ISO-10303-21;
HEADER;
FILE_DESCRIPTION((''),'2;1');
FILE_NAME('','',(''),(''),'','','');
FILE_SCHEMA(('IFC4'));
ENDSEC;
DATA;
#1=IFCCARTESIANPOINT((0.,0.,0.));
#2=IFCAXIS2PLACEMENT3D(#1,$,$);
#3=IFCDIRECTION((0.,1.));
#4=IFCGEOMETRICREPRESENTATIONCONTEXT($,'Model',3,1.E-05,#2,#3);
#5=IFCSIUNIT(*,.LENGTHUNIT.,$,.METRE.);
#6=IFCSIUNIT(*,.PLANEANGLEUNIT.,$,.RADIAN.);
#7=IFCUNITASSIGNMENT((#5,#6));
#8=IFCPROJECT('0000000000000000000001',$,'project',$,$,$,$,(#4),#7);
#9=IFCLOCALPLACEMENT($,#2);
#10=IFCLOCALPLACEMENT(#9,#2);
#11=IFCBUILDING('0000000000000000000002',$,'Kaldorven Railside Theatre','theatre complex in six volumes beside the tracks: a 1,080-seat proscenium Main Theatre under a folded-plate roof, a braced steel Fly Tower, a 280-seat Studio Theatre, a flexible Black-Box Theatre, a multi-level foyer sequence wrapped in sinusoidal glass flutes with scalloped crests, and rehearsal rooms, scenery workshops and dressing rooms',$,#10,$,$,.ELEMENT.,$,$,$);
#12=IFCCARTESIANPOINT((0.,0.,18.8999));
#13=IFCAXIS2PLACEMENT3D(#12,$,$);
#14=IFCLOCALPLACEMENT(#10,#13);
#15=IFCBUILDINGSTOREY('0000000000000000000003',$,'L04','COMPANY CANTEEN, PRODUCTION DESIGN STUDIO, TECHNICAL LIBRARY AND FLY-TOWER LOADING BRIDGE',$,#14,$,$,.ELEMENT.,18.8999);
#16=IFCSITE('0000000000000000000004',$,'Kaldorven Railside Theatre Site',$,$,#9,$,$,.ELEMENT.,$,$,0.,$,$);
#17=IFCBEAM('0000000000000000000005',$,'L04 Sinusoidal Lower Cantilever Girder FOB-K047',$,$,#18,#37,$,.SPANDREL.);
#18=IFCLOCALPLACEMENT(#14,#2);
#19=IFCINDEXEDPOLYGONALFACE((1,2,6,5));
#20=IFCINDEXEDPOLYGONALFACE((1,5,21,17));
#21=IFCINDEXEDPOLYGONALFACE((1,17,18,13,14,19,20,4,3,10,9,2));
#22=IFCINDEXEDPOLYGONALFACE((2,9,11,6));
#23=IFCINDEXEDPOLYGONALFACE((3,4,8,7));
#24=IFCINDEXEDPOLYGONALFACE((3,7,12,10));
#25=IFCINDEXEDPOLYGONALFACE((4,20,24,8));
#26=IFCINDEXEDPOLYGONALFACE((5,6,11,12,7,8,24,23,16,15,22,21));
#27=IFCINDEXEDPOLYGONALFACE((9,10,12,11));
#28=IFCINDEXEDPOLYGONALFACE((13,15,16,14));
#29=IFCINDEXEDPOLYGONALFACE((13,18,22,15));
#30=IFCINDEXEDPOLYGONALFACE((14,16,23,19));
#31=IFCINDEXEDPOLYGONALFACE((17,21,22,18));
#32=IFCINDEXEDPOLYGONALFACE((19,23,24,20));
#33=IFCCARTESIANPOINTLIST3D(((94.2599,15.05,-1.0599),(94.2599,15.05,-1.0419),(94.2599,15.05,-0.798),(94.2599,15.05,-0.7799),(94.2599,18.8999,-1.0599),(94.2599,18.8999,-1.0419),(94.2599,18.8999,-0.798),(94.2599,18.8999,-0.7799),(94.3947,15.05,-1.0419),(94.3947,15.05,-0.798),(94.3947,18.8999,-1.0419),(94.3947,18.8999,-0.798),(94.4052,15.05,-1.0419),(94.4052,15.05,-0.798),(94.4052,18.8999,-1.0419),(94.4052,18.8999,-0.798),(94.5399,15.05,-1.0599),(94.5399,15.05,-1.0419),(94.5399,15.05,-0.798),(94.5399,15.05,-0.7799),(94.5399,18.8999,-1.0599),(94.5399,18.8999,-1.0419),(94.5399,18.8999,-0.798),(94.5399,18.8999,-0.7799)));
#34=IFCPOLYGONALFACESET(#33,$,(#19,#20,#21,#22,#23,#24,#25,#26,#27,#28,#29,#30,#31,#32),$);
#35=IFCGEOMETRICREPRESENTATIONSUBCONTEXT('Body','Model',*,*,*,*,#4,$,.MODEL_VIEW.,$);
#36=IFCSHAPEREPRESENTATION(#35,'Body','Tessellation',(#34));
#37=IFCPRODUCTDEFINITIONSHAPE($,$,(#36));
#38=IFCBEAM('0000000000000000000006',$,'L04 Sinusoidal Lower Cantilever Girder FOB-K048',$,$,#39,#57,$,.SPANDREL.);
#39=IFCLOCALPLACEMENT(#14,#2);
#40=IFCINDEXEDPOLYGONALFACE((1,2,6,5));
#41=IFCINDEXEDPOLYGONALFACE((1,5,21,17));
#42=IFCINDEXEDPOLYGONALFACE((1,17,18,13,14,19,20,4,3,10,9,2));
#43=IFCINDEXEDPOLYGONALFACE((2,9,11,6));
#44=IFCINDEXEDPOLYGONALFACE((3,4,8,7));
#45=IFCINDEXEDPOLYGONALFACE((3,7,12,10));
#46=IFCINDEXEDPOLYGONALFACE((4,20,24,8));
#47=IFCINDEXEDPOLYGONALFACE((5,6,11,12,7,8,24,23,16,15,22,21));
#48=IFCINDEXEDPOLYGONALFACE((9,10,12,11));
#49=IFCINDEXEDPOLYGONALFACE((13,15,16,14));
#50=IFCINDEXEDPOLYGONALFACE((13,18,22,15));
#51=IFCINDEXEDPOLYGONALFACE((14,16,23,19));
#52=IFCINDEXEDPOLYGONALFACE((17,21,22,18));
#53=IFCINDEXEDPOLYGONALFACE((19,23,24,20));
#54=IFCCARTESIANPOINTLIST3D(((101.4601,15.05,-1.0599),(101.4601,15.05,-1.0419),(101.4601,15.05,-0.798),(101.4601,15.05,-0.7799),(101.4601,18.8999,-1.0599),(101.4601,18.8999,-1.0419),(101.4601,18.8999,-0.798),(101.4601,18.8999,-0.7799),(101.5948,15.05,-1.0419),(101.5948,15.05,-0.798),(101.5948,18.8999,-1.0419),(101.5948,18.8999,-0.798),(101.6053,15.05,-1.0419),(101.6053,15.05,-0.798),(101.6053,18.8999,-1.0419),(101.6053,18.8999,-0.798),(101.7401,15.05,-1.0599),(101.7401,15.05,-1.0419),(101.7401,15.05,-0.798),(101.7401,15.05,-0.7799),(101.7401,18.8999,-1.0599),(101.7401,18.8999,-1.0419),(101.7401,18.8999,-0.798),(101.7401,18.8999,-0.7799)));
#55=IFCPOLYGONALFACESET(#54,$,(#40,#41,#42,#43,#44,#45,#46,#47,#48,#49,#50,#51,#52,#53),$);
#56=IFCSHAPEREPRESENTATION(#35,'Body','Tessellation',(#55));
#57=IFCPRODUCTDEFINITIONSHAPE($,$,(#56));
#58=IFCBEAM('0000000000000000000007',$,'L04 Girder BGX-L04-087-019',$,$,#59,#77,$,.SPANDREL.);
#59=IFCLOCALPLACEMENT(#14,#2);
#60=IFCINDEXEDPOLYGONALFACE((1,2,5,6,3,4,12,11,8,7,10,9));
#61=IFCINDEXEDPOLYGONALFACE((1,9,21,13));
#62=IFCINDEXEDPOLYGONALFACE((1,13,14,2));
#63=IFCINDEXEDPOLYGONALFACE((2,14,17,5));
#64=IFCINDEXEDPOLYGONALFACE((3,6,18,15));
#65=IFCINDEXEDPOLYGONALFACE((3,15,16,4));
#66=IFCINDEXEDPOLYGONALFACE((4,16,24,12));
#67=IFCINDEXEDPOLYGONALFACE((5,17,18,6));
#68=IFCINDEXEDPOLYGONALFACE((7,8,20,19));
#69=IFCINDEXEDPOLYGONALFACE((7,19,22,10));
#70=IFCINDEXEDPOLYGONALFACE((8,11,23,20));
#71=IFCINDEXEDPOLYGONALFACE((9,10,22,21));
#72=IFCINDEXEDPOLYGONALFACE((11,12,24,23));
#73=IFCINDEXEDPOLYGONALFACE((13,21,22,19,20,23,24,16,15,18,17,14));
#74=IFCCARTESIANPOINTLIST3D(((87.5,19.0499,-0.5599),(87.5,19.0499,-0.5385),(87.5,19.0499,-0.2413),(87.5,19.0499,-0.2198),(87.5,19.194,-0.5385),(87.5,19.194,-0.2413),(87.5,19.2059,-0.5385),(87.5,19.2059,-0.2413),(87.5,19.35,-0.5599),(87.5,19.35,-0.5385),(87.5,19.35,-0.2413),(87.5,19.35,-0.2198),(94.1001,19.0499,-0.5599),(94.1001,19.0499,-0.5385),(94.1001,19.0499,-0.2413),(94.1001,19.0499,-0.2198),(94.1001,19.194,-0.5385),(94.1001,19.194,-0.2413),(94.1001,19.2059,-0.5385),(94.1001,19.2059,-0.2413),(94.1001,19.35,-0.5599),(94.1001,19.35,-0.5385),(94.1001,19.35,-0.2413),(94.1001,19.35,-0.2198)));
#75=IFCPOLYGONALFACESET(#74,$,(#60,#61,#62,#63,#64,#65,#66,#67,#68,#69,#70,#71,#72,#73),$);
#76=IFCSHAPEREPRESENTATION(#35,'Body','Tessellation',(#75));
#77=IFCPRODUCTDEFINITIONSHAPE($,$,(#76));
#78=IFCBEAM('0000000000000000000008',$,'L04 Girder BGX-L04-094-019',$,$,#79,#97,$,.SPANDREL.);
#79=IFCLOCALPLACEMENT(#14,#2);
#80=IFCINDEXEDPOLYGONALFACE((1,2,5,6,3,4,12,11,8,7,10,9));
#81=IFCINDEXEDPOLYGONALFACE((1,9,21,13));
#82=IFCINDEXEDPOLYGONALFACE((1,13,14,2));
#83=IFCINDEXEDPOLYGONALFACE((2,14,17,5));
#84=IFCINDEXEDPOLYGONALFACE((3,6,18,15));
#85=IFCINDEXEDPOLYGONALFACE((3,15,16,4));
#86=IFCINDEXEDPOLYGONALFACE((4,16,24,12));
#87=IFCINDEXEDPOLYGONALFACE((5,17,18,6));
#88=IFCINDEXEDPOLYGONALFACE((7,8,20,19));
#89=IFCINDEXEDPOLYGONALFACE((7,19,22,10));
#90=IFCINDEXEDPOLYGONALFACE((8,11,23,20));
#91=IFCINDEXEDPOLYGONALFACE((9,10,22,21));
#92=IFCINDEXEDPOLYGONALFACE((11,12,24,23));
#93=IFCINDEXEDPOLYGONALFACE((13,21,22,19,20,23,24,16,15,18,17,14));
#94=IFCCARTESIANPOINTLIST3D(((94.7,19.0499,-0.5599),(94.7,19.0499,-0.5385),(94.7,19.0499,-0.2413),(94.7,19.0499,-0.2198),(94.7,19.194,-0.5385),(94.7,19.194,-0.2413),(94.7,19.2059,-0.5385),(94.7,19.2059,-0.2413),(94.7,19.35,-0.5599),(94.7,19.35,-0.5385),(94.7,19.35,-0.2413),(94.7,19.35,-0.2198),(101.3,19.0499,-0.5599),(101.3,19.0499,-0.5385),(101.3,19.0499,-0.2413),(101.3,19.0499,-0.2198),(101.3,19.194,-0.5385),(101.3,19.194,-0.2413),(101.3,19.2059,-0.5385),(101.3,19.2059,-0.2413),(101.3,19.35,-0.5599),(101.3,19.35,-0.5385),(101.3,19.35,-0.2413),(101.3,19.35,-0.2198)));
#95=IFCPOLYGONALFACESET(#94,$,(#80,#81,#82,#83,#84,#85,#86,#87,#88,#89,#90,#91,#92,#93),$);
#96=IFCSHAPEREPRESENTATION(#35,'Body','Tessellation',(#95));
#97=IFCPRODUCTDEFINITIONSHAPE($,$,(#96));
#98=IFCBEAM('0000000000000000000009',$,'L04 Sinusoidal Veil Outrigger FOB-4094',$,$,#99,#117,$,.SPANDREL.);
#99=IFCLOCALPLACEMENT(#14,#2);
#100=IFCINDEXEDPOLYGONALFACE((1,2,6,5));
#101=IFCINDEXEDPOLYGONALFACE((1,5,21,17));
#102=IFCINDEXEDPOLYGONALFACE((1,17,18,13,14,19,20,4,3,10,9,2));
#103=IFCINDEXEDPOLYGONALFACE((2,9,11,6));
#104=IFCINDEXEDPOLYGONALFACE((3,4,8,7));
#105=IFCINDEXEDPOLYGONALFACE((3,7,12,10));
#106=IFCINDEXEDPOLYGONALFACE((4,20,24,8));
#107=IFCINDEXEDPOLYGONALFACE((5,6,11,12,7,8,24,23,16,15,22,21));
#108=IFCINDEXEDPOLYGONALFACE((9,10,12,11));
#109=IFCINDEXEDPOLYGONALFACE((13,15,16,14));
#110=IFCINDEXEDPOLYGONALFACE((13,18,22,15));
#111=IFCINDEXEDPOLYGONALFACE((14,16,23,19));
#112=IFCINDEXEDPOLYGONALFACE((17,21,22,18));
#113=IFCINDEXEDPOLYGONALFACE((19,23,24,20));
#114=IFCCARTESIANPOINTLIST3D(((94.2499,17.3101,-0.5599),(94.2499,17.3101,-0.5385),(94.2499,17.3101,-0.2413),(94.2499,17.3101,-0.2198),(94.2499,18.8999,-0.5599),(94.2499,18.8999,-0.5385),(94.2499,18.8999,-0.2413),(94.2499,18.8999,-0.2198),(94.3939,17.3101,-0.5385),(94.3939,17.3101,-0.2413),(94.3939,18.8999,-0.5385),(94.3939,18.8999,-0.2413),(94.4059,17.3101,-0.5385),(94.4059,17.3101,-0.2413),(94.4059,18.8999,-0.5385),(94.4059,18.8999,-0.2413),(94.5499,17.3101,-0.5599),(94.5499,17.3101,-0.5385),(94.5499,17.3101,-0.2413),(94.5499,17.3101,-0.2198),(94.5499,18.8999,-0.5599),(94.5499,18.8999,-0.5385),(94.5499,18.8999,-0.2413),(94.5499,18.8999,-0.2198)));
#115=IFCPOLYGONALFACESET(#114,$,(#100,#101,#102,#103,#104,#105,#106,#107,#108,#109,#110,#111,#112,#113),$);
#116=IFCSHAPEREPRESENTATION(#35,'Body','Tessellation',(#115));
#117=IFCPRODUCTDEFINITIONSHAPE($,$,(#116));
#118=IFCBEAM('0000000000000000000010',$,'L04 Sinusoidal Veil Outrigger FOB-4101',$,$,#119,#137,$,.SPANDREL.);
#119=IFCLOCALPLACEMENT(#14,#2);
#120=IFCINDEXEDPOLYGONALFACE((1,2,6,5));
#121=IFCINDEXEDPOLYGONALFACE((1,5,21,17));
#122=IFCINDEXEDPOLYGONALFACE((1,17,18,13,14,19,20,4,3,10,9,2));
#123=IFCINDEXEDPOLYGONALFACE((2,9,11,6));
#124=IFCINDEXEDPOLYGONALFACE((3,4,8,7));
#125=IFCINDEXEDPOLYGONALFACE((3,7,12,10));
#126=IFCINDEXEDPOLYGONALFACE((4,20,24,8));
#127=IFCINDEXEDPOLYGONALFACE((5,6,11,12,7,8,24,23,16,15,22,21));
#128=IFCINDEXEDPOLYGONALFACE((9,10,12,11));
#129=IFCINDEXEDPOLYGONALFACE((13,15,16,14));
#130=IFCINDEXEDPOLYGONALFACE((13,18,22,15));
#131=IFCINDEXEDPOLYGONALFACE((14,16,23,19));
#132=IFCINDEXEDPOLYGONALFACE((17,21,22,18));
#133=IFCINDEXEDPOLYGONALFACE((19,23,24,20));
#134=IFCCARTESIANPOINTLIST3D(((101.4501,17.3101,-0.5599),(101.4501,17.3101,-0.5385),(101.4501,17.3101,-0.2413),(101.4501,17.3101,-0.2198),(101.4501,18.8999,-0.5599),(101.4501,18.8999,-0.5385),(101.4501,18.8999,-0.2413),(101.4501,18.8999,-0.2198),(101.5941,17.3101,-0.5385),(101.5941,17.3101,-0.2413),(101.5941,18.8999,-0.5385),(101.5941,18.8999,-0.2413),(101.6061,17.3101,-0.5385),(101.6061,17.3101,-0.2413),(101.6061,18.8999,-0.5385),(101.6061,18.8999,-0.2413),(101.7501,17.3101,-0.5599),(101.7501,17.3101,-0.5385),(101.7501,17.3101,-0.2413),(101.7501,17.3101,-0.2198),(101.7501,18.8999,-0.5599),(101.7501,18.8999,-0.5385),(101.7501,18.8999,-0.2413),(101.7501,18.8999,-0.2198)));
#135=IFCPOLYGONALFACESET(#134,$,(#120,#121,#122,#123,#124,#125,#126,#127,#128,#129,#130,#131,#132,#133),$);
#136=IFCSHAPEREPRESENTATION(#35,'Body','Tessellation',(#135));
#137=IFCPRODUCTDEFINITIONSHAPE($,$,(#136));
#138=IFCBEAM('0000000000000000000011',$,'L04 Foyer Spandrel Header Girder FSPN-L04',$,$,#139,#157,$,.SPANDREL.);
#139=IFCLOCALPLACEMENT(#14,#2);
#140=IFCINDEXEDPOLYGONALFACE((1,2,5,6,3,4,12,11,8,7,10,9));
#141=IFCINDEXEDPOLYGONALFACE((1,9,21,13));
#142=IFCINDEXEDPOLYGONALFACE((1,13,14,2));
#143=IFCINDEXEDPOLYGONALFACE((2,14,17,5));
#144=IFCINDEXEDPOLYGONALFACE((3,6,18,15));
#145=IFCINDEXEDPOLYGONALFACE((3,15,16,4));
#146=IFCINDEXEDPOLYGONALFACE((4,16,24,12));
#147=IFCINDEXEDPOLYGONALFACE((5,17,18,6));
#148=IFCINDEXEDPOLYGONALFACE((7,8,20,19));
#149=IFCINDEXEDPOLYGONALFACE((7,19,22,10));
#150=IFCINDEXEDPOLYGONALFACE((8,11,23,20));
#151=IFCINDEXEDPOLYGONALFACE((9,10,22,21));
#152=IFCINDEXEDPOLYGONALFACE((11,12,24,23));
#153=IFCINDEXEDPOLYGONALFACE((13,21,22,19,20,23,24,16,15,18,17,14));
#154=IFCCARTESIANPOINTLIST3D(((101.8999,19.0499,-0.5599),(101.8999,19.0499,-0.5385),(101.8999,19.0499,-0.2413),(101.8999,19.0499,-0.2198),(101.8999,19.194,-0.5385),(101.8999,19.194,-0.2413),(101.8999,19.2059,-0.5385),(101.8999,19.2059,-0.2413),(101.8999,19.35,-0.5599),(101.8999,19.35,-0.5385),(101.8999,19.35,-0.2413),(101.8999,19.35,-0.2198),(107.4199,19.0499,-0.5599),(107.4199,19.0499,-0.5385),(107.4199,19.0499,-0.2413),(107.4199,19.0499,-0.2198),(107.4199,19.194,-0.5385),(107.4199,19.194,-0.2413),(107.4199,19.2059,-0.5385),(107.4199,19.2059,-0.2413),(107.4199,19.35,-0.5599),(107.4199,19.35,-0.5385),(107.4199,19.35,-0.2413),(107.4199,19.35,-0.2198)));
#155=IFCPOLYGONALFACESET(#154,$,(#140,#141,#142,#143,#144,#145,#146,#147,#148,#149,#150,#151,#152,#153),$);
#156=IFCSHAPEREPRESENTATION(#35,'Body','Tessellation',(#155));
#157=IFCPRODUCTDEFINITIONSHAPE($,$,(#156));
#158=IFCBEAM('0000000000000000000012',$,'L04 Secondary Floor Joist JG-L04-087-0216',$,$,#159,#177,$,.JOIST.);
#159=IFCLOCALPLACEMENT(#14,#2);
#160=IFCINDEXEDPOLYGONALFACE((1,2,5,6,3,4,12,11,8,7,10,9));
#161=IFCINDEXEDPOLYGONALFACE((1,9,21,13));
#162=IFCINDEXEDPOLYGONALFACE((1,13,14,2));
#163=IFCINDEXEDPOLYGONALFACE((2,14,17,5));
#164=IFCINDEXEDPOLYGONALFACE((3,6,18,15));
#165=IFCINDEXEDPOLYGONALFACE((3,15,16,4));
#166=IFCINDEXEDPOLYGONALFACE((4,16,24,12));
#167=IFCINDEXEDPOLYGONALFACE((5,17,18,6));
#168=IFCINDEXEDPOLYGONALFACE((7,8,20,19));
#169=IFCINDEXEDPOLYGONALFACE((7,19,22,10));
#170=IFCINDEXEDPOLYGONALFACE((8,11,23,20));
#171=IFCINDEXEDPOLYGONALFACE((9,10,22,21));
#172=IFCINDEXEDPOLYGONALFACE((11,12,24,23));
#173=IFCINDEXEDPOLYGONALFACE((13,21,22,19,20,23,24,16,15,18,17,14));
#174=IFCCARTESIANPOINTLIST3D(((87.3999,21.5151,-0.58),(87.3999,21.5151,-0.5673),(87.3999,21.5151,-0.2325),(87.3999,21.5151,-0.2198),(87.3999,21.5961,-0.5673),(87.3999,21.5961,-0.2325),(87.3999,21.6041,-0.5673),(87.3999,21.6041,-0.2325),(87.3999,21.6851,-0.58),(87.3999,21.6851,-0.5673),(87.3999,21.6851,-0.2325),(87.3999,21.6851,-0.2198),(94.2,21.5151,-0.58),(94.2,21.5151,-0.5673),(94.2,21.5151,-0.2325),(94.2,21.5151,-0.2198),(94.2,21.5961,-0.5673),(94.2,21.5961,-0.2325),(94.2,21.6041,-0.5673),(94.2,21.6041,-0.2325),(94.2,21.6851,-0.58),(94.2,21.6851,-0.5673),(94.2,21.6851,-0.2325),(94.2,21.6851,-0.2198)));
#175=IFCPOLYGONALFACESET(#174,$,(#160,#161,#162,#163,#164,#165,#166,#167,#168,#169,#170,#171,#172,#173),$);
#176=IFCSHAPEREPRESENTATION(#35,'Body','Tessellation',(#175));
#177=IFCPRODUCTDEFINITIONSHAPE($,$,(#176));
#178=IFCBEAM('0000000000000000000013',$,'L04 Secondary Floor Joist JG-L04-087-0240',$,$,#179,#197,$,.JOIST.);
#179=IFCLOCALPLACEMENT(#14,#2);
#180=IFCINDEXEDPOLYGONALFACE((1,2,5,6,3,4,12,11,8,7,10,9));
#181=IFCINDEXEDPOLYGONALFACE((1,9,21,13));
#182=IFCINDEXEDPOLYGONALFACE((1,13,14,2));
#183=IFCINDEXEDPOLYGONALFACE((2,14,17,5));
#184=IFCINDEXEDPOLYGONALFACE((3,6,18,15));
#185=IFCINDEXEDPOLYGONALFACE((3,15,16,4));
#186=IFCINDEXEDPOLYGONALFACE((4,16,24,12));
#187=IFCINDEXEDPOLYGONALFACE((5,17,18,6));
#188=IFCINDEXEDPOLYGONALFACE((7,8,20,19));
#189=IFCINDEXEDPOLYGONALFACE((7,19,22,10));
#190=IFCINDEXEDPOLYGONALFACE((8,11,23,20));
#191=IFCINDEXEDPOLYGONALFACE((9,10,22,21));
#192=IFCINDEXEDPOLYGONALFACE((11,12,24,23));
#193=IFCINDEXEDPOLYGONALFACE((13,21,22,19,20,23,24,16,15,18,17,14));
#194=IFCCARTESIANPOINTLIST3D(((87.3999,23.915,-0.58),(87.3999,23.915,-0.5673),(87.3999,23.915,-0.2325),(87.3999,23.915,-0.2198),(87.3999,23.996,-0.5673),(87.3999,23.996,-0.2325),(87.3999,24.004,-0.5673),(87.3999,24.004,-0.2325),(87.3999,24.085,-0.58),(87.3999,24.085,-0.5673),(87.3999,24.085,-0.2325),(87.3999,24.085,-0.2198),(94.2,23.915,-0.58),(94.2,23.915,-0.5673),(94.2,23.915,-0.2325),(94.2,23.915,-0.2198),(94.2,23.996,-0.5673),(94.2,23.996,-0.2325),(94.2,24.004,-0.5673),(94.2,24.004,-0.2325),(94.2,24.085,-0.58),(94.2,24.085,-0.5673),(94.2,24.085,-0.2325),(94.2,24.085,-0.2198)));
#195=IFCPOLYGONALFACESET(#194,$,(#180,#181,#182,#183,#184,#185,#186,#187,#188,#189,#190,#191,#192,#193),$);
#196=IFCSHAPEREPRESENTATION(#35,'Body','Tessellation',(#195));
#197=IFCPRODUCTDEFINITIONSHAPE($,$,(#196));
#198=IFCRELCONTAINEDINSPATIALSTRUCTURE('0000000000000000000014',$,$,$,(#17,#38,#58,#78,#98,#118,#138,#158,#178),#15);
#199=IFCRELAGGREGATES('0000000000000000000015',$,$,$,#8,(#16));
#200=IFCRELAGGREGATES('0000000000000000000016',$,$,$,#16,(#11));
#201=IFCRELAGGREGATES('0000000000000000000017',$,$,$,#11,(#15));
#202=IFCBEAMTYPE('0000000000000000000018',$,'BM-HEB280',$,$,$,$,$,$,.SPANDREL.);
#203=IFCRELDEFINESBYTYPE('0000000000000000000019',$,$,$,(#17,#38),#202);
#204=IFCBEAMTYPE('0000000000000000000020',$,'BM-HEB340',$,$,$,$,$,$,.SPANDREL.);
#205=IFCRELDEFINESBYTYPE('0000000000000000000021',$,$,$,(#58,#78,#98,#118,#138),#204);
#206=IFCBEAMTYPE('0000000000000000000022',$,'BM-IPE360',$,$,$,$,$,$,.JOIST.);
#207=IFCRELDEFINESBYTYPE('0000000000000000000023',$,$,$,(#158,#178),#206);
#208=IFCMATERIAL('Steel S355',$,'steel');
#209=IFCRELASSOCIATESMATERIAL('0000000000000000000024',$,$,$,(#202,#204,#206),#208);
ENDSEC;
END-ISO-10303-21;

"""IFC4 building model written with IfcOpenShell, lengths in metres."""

from ifc_helpers import new_model, si_unit, direction, frame, origin, origin_2d, place, context, subcontext, project, spatial, i_section, extrude, material, material_profile, profile_set, type_object, element, save


model = new_model("IFC4")

# Units and contexts
model_context = context("Model", 3, precision=1e-05, world=origin(), true_north=direction((0.0, 1.0)))
body_context = subcontext(model_context, "Body", "Model", "MODEL_VIEW")
ifc_project = project(units=[si_unit("LENGTHUNIT", "METRE"), si_unit("PLANEANGLEUNIT", "RADIAN")], contexts=[model_context])

# Site, building, storey
site_placement = place(None, origin())
site = spatial("IfcSite", under=ifc_project, at=site_placement, Name="Kaldorven Railside Theatre Site", CompositionType="ELEMENT", RefElevation=0.0)
building_placement = place(site_placement, origin())
building = spatial("IfcBuilding", under=site, at=building_placement, Name="Kaldorven Railside Theatre", Description="theatre complex in six volumes beside the tracks: a 1,080-seat proscenium Main Theatre under a folded-plate roof, a braced steel Fly Tower, a 280-seat Studio Theatre, a flexible Black-Box Theatre, a multi-level foyer sequence wrapped in sinusoidal glass flutes with scalloped crests, and rehearsal rooms, scenery workshops and dressing rooms", CompositionType="ELEMENT")
storey_placement = place(building_placement, frame((0.0, 0.0, 18.8999)))
storey = spatial("IfcBuildingStorey", under=building, at=storey_placement, Name="L04", Description="COMPANY CANTEEN, PRODUCTION DESIGN STUDIO, TECHNICAL LIBRARY AND FLY-TOWER LOADING BRIDGE", CompositionType="ELEMENT", Elevation=18.8999)

# Beams
ifc_material_1 = material(Name="Steel S355", Category="steel")
ifc_material_profile_1 = material_profile(ifc_material_1, i_section(OverallWidth=0.28, OverallDepth=0.28, WebThickness=0.0105, FlangeThickness=0.0181, at=origin_2d()), Name="HEB 280")
ifc_profile_set_1 = profile_set([ifc_material_profile_1], Name="Steel S355")
beam_type_1 = type_object("IfcBeamType", Name="BM-HEB280", PredefinedType="SPANDREL", material=ifc_profile_set_1)
for number, where, z_axis, x_axis, name in (
    (1, (94.3999, 15.05, -0.9199), (0.0, 1.0, 0.0), (-1.0, 0.0, 0.0), "L04 Sinusoidal Lower Cantilever Girder FOB-K047"),
    (2, (101.6001, 15.05, -0.9199), (0.0, 1.0, 0.0), (-1.0, 0.0, 0.0), "L04 Sinusoidal Lower Cantilever Girder FOB-K048"),
):
    element("IfcBeam", number, at=place(storey_placement, frame(where, z_axis=z_axis, x_axis=x_axis)), inside=storey, type_object=beam_type_1, Name=name, PredefinedType="SPANDREL", context=body_context, shape_type="SweptSolid", body=[
        extrude(i_section(OverallWidth=0.28, OverallDepth=0.28, WebThickness=0.0105, FlangeThickness=0.0181, at=origin_2d()), origin(), (0.0, 0.0, 1.0), 3.8499),
    ])
ifc_material_profile_2 = material_profile(ifc_material_1, i_section(OverallWidth=0.3, OverallDepth=0.3401, WebThickness=0.012, FlangeThickness=0.0215, at=origin_2d()), Name="HEB 340")
ifc_profile_set_2 = profile_set([ifc_material_profile_2], Name="Steel S355")
beam_type_2 = type_object("IfcBeamType", Name="BM-HEB340", PredefinedType="SPANDREL", material=ifc_profile_set_2)
for number, where, z_axis, x_axis, name in (
    (3, (87.5, 19.2, -0.3899), (1.0, 0.0, 0.0), (0.0, 1.0, 0.0), "L04 Girder BGX-L04-087-019"),
    (4, (94.7, 19.2, -0.3899), (1.0, 0.0, 0.0), (0.0, 1.0, 0.0), "L04 Girder BGX-L04-094-019"),
):
    element("IfcBeam", number, at=place(storey_placement, frame(where, z_axis=z_axis, x_axis=x_axis)), inside=storey, type_object=beam_type_2, Name=name, PredefinedType="SPANDREL", context=body_context, shape_type="SweptSolid", body=[
        extrude(i_section(OverallWidth=0.3, OverallDepth=0.3401, WebThickness=0.012, FlangeThickness=0.0215, at=origin_2d()), origin(), (0.0, 0.0, 1.0), 6.6001),
    ])
for number, where, z_axis, x_axis, name in (
    (5, (94.3999, 17.3101, -0.3899), (0.0, 1.0, 0.0), (-1.0, 0.0, 0.0), "L04 Sinusoidal Veil Outrigger FOB-4094"),
    (6, (101.6001, 17.3101, -0.3899), (0.0, 1.0, 0.0), (-1.0, 0.0, 0.0), "L04 Sinusoidal Veil Outrigger FOB-4101"),
):
    element("IfcBeam", number, at=place(storey_placement, frame(where, z_axis=z_axis, x_axis=x_axis)), inside=storey, type_object=beam_type_2, Name=name, PredefinedType="SPANDREL", context=body_context, shape_type="SweptSolid", body=[
        extrude(i_section(OverallWidth=0.3, OverallDepth=0.3401, WebThickness=0.012, FlangeThickness=0.0215, at=origin_2d()), origin(), (0.0, 0.0, 1.0), 1.5898),
    ])
beam_1_placement = place(storey_placement, frame((101.8999, 19.2, -0.3899), z_axis=(1.0, 0.0, 0.0), x_axis=(0.0, 1.0, 0.0)))
element("IfcBeam", 7, at=beam_1_placement, inside=storey, type_object=beam_type_2, Name="L04 Foyer Spandrel Header Girder FSPN-L04", PredefinedType="SPANDREL", context=body_context, shape_type="SweptSolid", body=[
    extrude(i_section(OverallWidth=0.3, OverallDepth=0.3401, WebThickness=0.012, FlangeThickness=0.0215, at=origin_2d()), origin(), (0.0, 0.0, 1.0), 5.52),
])
ifc_material_profile_3 = material_profile(ifc_material_1, i_section(OverallWidth=0.1699, OverallDepth=0.3601, WebThickness=0.0081, FlangeThickness=0.0127, at=origin_2d()), Name="IPE 360")
ifc_profile_set_3 = profile_set([ifc_material_profile_3], Name="Steel S355")
beam_type_3 = type_object("IfcBeamType", Name="BM-IPE360", PredefinedType="JOIST", material=ifc_profile_set_3)
for number, where, z_axis, x_axis, name in (
    (8, (87.3999, 21.6001, -0.3999), (1.0, 0.0, 0.0), (0.0, 1.0, 0.0), "L04 Secondary Floor Joist JG-L04-087-0216"),
    (9, (87.3999, 24.0, -0.3999), (1.0, 0.0, 0.0), (0.0, 1.0, 0.0), "L04 Secondary Floor Joist JG-L04-087-0240"),
):
    element("IfcBeam", number, at=place(storey_placement, frame(where, z_axis=z_axis, x_axis=x_axis)), inside=storey, type_object=beam_type_3, Name=name, PredefinedType="JOIST", context=body_context, shape_type="SweptSolid", body=[
        extrude(i_section(OverallWidth=0.1699, OverallDepth=0.3601, WebThickness=0.0081, FlangeThickness=0.0127, at=origin_2d()), origin(), (0.0, 0.0, 1.0), 6.8),
    ])

save(model, "model.ifc")
